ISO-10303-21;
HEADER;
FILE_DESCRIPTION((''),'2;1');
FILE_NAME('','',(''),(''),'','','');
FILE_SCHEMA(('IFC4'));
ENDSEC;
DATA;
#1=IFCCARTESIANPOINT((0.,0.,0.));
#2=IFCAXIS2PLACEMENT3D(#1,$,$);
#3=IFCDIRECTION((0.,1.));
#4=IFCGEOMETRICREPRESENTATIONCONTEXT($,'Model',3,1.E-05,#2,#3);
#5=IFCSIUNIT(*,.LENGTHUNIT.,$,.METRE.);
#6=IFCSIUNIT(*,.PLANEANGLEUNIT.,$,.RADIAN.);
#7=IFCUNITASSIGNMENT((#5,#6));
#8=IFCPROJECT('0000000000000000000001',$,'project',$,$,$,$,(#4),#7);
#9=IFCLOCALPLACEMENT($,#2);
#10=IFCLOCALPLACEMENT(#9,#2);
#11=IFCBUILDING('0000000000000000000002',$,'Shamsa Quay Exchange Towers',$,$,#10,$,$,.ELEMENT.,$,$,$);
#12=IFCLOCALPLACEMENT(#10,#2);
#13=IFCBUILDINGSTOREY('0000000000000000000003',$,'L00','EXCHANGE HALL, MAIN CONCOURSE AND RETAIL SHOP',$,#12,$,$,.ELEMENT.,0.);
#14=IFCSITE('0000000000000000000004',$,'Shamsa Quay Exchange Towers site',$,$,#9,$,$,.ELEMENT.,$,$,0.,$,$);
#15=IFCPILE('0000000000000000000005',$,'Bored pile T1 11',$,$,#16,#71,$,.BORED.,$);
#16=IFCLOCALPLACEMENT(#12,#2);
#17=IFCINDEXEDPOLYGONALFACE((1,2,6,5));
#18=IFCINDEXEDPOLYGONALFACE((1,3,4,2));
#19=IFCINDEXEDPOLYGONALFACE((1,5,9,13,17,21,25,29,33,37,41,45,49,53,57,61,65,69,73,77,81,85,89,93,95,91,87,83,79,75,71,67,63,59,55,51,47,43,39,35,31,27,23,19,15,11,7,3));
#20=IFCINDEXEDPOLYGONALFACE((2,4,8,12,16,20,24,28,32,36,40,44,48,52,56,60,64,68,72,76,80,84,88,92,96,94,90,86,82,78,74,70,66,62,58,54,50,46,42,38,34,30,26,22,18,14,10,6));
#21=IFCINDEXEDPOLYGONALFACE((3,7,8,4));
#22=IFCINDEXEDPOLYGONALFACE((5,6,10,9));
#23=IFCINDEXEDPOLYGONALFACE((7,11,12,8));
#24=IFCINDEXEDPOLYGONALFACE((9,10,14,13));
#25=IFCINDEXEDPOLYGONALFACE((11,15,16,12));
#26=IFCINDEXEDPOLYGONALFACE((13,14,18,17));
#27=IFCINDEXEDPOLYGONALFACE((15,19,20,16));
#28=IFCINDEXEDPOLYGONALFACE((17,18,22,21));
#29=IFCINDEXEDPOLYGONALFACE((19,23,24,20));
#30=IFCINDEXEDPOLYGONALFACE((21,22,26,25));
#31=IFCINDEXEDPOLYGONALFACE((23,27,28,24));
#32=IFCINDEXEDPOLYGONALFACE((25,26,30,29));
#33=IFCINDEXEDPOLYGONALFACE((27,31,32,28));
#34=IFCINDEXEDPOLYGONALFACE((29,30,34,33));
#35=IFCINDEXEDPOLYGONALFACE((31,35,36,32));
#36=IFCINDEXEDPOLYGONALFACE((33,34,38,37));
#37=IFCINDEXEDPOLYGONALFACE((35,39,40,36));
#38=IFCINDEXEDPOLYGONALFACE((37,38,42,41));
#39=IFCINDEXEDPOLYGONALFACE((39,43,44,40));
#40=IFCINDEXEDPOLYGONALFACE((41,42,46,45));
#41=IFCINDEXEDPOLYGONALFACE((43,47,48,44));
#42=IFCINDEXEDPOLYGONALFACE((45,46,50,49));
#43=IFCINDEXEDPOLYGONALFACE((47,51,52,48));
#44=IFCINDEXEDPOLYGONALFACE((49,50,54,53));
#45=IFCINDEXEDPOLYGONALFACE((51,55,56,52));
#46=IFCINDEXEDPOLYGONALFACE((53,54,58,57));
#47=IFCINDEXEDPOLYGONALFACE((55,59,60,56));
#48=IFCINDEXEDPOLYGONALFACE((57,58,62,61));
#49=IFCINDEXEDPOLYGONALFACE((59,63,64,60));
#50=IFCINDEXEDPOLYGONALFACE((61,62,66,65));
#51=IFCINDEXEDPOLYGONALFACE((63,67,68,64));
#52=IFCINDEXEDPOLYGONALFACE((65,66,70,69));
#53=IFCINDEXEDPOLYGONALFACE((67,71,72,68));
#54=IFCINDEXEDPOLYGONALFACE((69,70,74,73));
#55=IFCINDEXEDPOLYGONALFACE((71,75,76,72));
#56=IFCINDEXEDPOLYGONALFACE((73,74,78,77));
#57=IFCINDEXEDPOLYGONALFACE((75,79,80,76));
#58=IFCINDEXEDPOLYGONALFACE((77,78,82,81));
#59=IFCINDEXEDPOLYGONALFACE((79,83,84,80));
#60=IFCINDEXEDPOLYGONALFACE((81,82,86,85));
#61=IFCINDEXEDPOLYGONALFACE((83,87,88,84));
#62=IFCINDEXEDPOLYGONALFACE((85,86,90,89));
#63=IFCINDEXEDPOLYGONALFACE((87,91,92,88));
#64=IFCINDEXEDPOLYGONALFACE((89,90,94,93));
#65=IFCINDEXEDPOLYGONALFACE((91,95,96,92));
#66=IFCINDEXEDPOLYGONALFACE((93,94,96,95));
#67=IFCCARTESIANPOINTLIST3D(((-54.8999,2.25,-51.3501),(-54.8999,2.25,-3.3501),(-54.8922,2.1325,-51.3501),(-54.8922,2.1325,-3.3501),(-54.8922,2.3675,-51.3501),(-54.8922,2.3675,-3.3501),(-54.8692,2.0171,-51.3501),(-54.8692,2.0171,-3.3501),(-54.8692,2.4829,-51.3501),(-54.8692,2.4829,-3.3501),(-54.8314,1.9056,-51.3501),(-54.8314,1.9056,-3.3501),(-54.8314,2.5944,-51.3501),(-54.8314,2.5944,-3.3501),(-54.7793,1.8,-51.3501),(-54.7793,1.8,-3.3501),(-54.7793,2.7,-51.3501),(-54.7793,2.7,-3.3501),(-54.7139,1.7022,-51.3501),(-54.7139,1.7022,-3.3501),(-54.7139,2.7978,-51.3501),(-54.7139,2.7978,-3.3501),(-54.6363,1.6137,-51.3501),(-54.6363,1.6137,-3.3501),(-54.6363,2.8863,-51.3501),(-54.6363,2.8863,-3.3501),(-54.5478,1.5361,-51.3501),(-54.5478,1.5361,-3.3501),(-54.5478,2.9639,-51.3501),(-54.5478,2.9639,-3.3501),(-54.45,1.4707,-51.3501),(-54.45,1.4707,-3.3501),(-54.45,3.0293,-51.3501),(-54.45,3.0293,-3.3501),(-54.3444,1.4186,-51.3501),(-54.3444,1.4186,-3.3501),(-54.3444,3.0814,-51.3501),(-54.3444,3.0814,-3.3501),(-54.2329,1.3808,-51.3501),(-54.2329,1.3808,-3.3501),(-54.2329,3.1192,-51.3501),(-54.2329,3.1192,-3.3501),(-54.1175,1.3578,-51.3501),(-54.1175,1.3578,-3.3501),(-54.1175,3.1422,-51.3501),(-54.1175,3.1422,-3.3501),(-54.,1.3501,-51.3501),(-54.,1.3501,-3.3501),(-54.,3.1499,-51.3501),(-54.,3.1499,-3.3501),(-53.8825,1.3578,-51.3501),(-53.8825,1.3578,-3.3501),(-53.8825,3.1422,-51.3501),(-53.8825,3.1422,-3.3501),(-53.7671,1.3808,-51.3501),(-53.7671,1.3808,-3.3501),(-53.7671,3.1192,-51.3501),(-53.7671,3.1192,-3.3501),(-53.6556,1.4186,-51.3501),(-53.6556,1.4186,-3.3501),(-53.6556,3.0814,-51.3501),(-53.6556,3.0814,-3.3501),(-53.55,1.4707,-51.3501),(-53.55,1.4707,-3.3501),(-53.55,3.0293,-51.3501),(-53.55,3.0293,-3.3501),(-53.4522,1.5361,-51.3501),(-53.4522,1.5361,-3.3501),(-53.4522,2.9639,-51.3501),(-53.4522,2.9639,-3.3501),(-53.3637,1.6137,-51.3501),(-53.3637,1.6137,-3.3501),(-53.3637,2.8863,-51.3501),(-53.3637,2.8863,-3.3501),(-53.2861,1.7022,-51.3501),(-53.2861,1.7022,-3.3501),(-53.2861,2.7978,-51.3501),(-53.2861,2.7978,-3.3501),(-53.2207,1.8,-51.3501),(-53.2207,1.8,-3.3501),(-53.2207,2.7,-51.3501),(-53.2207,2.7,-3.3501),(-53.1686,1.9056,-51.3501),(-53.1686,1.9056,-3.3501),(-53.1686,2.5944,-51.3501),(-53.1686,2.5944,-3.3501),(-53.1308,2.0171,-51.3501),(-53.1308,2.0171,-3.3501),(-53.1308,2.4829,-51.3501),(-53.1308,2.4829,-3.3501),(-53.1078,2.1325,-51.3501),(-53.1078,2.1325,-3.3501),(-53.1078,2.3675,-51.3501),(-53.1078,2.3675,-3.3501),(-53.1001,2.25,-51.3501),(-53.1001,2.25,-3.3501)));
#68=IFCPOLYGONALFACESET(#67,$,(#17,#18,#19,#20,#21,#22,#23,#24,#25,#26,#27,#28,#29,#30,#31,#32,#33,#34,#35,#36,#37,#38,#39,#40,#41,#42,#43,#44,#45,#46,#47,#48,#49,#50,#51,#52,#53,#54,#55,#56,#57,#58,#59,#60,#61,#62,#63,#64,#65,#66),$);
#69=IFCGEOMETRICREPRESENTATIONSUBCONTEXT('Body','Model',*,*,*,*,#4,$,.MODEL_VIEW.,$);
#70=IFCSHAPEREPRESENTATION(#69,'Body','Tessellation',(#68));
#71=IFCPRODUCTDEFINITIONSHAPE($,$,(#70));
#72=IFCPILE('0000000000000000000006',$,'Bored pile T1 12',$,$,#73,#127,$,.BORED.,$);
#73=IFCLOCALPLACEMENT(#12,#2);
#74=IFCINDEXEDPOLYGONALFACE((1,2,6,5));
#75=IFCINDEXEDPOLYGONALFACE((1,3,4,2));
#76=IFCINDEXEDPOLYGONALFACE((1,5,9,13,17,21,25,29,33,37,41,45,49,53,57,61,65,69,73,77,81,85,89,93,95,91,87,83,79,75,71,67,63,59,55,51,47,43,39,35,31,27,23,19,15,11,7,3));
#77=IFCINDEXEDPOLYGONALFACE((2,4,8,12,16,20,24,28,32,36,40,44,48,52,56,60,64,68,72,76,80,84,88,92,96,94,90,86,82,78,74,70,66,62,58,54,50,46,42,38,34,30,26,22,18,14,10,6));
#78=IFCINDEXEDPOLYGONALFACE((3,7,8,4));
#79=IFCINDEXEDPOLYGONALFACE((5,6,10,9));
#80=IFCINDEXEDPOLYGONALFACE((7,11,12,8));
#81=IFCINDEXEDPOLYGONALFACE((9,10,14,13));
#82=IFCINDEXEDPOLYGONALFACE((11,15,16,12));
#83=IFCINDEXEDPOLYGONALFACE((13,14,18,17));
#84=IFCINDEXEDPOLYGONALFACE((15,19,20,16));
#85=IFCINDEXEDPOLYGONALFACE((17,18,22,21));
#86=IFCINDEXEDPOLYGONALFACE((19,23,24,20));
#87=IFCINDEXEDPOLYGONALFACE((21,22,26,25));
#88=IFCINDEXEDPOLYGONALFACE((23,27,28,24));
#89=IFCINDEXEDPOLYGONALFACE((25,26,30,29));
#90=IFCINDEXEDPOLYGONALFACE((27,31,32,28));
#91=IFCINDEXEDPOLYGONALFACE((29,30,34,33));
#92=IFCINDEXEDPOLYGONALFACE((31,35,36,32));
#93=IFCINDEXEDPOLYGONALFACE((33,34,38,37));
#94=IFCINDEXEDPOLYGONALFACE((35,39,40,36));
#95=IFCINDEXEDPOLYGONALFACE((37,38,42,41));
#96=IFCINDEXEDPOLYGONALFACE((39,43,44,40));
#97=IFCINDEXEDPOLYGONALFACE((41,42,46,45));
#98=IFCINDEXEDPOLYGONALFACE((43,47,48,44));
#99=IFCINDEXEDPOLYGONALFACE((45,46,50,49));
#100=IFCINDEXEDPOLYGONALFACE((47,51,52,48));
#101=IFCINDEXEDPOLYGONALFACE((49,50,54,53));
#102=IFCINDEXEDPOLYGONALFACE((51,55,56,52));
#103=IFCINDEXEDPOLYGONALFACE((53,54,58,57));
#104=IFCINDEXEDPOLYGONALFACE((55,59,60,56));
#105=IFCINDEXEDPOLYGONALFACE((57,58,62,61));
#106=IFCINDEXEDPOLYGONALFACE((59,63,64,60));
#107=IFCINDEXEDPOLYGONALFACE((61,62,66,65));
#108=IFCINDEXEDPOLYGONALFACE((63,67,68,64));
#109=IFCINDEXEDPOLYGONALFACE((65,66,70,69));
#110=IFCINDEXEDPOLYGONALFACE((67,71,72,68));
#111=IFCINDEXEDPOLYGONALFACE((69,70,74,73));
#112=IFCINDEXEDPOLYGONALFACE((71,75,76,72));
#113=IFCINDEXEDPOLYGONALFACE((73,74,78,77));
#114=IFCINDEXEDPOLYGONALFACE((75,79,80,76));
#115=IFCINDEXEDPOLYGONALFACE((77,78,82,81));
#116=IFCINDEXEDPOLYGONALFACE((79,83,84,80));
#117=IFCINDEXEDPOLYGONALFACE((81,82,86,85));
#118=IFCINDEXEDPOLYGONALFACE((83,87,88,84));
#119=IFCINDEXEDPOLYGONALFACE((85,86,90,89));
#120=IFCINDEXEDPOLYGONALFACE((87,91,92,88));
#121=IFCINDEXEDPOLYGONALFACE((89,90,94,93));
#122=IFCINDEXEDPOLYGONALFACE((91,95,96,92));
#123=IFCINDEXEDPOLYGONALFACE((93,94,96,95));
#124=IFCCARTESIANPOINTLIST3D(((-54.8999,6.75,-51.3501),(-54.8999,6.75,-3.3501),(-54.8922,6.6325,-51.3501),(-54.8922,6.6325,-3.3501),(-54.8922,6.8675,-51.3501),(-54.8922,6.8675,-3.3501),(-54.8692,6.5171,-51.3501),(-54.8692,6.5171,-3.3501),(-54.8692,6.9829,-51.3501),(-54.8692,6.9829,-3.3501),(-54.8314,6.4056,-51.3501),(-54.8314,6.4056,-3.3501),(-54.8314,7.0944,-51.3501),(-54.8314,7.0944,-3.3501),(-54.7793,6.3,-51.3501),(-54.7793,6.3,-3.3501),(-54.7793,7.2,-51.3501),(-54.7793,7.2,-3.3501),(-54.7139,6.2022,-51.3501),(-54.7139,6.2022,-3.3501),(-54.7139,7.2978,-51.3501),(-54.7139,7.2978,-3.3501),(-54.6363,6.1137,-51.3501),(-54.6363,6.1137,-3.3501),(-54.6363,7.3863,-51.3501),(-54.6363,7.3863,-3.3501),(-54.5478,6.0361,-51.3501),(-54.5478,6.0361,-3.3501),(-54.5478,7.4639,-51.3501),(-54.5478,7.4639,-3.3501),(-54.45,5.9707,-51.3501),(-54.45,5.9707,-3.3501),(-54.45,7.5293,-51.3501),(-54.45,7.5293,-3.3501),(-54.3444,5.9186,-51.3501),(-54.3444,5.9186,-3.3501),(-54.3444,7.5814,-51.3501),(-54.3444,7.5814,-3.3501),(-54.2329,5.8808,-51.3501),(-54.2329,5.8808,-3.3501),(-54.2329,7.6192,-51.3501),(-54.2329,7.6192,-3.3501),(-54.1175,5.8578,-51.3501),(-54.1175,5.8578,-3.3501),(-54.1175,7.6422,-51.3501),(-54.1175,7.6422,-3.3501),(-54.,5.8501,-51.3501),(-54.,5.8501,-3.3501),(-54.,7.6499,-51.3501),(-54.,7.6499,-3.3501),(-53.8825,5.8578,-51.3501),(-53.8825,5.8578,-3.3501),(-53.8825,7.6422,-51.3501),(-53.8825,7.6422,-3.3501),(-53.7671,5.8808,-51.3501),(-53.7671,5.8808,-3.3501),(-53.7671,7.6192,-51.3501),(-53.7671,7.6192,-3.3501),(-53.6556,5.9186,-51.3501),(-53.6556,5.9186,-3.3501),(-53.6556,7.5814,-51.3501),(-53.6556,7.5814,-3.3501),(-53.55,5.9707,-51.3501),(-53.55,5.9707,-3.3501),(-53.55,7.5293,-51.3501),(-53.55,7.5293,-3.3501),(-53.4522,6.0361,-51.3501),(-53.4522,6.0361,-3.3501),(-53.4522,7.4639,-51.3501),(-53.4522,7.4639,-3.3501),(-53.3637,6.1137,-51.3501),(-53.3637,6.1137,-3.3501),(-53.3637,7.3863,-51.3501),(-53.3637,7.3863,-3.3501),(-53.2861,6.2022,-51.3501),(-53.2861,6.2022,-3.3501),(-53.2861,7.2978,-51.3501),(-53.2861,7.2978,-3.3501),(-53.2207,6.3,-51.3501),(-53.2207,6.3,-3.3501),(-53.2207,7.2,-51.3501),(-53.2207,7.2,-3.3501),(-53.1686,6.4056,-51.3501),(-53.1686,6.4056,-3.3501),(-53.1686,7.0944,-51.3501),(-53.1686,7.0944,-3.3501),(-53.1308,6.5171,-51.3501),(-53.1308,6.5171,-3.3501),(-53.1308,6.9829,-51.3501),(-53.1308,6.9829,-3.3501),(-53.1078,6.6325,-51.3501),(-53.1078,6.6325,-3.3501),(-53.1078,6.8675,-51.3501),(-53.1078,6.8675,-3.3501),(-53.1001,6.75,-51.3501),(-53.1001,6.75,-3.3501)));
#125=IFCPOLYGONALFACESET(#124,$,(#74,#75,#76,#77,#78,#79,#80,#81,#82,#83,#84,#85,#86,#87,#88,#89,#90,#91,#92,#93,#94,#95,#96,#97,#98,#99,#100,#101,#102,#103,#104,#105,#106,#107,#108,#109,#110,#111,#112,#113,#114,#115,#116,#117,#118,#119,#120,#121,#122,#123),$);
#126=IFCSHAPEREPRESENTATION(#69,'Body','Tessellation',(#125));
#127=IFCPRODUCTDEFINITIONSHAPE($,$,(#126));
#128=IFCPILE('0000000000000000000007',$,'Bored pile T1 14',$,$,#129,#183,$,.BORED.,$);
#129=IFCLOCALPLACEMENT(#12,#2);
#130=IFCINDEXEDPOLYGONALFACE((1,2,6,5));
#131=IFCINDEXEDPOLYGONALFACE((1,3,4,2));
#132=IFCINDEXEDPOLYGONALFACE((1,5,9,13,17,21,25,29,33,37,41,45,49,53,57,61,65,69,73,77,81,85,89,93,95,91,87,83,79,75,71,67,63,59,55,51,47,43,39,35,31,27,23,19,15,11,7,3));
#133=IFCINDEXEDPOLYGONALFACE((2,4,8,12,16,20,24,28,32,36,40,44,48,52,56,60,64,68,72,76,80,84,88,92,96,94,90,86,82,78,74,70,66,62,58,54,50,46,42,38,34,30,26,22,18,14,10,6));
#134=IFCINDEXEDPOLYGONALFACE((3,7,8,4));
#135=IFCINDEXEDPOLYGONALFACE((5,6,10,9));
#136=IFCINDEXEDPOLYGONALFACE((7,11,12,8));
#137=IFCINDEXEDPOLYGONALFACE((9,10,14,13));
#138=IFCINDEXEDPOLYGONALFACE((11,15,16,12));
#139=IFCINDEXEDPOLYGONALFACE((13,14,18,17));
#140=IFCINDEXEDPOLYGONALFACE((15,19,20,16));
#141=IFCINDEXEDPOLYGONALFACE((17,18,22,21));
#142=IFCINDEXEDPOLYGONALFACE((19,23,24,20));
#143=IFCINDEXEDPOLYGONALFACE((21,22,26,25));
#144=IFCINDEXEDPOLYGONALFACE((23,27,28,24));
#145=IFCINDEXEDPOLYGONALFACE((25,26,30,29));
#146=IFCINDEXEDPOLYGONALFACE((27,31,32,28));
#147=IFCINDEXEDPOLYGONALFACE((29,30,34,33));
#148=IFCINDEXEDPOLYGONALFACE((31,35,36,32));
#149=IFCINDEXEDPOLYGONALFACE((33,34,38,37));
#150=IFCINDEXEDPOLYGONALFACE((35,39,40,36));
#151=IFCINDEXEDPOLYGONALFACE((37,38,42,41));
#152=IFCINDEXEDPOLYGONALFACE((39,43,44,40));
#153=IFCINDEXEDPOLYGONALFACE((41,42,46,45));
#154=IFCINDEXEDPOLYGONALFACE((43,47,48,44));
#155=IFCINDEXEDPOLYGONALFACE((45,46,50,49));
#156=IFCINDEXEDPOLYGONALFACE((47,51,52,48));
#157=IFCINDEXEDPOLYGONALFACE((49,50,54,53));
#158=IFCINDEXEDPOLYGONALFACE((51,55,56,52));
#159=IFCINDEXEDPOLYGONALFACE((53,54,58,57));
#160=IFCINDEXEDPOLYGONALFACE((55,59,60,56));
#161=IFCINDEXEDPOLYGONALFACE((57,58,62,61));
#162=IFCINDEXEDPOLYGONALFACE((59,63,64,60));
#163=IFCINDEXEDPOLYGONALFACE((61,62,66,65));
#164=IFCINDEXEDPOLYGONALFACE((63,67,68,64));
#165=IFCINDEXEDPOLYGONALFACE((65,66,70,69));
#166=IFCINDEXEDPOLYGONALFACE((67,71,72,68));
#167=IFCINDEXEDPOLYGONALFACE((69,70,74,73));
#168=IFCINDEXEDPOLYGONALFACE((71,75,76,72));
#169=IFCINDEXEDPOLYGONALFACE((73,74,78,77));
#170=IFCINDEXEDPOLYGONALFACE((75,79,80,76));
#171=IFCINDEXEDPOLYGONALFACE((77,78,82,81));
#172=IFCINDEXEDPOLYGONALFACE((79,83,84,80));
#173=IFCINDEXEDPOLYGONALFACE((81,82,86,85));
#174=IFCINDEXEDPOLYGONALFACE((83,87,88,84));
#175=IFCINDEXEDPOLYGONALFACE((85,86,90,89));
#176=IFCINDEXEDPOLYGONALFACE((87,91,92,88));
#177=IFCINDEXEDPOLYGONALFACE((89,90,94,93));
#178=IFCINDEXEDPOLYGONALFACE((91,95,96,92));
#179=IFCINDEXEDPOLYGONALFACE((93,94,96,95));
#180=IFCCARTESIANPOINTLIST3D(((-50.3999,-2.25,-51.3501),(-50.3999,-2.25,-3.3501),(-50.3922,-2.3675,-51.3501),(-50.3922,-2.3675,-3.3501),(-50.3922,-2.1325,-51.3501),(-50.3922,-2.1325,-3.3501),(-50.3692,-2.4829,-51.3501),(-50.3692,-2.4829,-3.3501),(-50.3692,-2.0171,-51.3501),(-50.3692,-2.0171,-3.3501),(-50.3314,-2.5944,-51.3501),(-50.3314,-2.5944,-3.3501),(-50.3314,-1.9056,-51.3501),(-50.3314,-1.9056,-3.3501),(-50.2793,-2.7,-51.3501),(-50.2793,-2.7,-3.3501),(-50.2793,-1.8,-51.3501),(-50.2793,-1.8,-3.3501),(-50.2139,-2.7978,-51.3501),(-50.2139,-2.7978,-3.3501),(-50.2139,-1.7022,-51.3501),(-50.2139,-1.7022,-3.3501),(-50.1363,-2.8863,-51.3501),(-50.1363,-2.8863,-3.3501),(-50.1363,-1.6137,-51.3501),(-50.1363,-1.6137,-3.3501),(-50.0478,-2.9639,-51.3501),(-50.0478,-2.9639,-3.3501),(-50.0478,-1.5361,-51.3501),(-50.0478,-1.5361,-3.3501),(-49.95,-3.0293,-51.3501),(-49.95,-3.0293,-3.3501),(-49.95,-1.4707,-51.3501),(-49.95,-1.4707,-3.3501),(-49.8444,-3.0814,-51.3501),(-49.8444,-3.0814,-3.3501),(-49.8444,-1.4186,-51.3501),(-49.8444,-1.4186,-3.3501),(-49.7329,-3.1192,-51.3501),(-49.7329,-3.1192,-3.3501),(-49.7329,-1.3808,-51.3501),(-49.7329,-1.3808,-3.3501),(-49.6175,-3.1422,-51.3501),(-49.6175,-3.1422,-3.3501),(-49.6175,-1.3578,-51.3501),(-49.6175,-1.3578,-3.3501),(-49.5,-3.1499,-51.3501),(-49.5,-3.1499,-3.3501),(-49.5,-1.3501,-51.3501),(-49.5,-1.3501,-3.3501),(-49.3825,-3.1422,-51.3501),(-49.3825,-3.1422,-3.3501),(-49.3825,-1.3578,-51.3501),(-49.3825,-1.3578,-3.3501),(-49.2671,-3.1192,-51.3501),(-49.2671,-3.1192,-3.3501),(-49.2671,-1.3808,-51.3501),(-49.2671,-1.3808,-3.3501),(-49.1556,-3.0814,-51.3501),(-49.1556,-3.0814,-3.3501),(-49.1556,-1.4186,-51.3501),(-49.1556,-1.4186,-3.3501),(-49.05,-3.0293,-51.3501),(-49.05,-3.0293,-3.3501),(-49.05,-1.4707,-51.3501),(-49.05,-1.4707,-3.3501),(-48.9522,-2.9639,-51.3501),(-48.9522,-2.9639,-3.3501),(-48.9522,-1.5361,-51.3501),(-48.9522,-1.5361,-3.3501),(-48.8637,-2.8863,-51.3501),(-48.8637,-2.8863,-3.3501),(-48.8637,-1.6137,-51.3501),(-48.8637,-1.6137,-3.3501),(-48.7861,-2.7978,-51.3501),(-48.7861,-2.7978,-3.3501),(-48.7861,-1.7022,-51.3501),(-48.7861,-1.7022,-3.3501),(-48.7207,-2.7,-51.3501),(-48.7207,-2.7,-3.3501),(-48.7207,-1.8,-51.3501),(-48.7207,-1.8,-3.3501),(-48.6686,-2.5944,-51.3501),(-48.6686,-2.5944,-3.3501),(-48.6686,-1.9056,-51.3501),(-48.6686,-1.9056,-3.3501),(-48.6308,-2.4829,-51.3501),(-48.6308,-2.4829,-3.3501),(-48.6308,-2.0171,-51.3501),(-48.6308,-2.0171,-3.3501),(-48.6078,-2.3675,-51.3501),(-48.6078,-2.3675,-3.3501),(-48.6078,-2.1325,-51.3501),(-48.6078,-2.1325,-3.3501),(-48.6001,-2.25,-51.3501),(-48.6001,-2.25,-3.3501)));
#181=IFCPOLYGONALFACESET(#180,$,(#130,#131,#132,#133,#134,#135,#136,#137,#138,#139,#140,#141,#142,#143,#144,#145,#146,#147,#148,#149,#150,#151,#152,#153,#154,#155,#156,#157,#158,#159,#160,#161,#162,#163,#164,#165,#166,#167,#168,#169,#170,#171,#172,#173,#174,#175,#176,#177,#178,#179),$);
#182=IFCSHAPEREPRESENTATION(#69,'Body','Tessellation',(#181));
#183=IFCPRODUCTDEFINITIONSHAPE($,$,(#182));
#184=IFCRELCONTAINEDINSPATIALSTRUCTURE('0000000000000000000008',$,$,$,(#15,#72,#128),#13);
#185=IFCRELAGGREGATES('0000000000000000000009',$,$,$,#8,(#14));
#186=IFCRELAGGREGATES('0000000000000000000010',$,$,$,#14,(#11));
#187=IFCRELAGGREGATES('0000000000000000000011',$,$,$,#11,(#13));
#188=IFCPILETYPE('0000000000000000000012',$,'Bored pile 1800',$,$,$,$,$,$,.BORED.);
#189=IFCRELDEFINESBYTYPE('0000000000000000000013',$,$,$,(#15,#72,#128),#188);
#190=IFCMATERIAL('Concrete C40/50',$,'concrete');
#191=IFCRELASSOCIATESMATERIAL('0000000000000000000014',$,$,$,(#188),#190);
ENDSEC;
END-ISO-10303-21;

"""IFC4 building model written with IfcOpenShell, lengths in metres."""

from ifc_helpers import new_model, si_unit, direction, frame, origin, origin_2d, place, context, subcontext, project, spatial, circle, extrude, material, material_profile, profile_set, type_object, element, save


model = new_model("IFC4")

# Units and contexts
model_context = context("Model", 3, precision=1e-05, world=origin(), true_north=direction((0.0, 1.0)))
body_context = subcontext(model_context, "Body", "Model", "MODEL_VIEW")
ifc_project = project(units=[si_unit("LENGTHUNIT", "METRE"), si_unit("PLANEANGLEUNIT", "RADIAN")], contexts=[model_context])

# Site, building, storey
site_placement = place(None, origin())
site = spatial("IfcSite", under=ifc_project, at=site_placement, Name="Shamsa Quay Exchange Towers site", CompositionType="ELEMENT", RefElevation=0.0)
building_placement = place(site_placement, origin())
building = spatial("IfcBuilding", under=site, at=building_placement, Name="Shamsa Quay Exchange Towers", CompositionType="ELEMENT")
storey_placement = place(building_placement, origin())
storey = spatial("IfcBuildingStorey", under=building, at=storey_placement, Name="L00", Description="EXCHANGE HALL, MAIN CONCOURSE AND RETAIL SHOP", CompositionType="ELEMENT", Elevation=0.0)

# Piles
ifc_material_1 = material(Name="Concrete C40/50", Category="concrete")
ifc_material_profile_1 = material_profile(ifc_material_1, circle(Radius=0.8999, at=origin_2d()), Name="BP1800")
ifc_profile_set_1 = profile_set([ifc_material_profile_1], Name="Concrete C40/50")
pile_type_1 = type_object("IfcPileType", Name="Bored pile 1800", PredefinedType="BORED", material=ifc_profile_set_1)
for number, where, z_axis, x_axis, name in (
    (1, (-54.0, 2.25, -3.3501), (0.0, 0.0, -1.0), (1.0, 0.0, 0.0), "Bored pile T1 11"),
    (2, (-54.0, 6.75, -3.3501), (0.0, 0.0, -1.0), (1.0, 0.0, 0.0), "Bored pile T1 12"),
    (3, (-49.5, -2.25, -3.3501), (0.0, 0.0, -1.0), (1.0, 0.0, 0.0), "Bored pile T1 14"),
):
    element("IfcPile", number, at=place(storey_placement, frame(where, z_axis=z_axis, x_axis=x_axis)), inside=storey, type_object=pile_type_1, Name=name, PredefinedType="BORED", context=body_context, shape_type="SweptSolid", body=[
        extrude(circle(Radius=0.8999, at=origin_2d()), origin(), (0.0, 0.0, 1.0), 48.0),
    ])

save(model, "model.ifc")
